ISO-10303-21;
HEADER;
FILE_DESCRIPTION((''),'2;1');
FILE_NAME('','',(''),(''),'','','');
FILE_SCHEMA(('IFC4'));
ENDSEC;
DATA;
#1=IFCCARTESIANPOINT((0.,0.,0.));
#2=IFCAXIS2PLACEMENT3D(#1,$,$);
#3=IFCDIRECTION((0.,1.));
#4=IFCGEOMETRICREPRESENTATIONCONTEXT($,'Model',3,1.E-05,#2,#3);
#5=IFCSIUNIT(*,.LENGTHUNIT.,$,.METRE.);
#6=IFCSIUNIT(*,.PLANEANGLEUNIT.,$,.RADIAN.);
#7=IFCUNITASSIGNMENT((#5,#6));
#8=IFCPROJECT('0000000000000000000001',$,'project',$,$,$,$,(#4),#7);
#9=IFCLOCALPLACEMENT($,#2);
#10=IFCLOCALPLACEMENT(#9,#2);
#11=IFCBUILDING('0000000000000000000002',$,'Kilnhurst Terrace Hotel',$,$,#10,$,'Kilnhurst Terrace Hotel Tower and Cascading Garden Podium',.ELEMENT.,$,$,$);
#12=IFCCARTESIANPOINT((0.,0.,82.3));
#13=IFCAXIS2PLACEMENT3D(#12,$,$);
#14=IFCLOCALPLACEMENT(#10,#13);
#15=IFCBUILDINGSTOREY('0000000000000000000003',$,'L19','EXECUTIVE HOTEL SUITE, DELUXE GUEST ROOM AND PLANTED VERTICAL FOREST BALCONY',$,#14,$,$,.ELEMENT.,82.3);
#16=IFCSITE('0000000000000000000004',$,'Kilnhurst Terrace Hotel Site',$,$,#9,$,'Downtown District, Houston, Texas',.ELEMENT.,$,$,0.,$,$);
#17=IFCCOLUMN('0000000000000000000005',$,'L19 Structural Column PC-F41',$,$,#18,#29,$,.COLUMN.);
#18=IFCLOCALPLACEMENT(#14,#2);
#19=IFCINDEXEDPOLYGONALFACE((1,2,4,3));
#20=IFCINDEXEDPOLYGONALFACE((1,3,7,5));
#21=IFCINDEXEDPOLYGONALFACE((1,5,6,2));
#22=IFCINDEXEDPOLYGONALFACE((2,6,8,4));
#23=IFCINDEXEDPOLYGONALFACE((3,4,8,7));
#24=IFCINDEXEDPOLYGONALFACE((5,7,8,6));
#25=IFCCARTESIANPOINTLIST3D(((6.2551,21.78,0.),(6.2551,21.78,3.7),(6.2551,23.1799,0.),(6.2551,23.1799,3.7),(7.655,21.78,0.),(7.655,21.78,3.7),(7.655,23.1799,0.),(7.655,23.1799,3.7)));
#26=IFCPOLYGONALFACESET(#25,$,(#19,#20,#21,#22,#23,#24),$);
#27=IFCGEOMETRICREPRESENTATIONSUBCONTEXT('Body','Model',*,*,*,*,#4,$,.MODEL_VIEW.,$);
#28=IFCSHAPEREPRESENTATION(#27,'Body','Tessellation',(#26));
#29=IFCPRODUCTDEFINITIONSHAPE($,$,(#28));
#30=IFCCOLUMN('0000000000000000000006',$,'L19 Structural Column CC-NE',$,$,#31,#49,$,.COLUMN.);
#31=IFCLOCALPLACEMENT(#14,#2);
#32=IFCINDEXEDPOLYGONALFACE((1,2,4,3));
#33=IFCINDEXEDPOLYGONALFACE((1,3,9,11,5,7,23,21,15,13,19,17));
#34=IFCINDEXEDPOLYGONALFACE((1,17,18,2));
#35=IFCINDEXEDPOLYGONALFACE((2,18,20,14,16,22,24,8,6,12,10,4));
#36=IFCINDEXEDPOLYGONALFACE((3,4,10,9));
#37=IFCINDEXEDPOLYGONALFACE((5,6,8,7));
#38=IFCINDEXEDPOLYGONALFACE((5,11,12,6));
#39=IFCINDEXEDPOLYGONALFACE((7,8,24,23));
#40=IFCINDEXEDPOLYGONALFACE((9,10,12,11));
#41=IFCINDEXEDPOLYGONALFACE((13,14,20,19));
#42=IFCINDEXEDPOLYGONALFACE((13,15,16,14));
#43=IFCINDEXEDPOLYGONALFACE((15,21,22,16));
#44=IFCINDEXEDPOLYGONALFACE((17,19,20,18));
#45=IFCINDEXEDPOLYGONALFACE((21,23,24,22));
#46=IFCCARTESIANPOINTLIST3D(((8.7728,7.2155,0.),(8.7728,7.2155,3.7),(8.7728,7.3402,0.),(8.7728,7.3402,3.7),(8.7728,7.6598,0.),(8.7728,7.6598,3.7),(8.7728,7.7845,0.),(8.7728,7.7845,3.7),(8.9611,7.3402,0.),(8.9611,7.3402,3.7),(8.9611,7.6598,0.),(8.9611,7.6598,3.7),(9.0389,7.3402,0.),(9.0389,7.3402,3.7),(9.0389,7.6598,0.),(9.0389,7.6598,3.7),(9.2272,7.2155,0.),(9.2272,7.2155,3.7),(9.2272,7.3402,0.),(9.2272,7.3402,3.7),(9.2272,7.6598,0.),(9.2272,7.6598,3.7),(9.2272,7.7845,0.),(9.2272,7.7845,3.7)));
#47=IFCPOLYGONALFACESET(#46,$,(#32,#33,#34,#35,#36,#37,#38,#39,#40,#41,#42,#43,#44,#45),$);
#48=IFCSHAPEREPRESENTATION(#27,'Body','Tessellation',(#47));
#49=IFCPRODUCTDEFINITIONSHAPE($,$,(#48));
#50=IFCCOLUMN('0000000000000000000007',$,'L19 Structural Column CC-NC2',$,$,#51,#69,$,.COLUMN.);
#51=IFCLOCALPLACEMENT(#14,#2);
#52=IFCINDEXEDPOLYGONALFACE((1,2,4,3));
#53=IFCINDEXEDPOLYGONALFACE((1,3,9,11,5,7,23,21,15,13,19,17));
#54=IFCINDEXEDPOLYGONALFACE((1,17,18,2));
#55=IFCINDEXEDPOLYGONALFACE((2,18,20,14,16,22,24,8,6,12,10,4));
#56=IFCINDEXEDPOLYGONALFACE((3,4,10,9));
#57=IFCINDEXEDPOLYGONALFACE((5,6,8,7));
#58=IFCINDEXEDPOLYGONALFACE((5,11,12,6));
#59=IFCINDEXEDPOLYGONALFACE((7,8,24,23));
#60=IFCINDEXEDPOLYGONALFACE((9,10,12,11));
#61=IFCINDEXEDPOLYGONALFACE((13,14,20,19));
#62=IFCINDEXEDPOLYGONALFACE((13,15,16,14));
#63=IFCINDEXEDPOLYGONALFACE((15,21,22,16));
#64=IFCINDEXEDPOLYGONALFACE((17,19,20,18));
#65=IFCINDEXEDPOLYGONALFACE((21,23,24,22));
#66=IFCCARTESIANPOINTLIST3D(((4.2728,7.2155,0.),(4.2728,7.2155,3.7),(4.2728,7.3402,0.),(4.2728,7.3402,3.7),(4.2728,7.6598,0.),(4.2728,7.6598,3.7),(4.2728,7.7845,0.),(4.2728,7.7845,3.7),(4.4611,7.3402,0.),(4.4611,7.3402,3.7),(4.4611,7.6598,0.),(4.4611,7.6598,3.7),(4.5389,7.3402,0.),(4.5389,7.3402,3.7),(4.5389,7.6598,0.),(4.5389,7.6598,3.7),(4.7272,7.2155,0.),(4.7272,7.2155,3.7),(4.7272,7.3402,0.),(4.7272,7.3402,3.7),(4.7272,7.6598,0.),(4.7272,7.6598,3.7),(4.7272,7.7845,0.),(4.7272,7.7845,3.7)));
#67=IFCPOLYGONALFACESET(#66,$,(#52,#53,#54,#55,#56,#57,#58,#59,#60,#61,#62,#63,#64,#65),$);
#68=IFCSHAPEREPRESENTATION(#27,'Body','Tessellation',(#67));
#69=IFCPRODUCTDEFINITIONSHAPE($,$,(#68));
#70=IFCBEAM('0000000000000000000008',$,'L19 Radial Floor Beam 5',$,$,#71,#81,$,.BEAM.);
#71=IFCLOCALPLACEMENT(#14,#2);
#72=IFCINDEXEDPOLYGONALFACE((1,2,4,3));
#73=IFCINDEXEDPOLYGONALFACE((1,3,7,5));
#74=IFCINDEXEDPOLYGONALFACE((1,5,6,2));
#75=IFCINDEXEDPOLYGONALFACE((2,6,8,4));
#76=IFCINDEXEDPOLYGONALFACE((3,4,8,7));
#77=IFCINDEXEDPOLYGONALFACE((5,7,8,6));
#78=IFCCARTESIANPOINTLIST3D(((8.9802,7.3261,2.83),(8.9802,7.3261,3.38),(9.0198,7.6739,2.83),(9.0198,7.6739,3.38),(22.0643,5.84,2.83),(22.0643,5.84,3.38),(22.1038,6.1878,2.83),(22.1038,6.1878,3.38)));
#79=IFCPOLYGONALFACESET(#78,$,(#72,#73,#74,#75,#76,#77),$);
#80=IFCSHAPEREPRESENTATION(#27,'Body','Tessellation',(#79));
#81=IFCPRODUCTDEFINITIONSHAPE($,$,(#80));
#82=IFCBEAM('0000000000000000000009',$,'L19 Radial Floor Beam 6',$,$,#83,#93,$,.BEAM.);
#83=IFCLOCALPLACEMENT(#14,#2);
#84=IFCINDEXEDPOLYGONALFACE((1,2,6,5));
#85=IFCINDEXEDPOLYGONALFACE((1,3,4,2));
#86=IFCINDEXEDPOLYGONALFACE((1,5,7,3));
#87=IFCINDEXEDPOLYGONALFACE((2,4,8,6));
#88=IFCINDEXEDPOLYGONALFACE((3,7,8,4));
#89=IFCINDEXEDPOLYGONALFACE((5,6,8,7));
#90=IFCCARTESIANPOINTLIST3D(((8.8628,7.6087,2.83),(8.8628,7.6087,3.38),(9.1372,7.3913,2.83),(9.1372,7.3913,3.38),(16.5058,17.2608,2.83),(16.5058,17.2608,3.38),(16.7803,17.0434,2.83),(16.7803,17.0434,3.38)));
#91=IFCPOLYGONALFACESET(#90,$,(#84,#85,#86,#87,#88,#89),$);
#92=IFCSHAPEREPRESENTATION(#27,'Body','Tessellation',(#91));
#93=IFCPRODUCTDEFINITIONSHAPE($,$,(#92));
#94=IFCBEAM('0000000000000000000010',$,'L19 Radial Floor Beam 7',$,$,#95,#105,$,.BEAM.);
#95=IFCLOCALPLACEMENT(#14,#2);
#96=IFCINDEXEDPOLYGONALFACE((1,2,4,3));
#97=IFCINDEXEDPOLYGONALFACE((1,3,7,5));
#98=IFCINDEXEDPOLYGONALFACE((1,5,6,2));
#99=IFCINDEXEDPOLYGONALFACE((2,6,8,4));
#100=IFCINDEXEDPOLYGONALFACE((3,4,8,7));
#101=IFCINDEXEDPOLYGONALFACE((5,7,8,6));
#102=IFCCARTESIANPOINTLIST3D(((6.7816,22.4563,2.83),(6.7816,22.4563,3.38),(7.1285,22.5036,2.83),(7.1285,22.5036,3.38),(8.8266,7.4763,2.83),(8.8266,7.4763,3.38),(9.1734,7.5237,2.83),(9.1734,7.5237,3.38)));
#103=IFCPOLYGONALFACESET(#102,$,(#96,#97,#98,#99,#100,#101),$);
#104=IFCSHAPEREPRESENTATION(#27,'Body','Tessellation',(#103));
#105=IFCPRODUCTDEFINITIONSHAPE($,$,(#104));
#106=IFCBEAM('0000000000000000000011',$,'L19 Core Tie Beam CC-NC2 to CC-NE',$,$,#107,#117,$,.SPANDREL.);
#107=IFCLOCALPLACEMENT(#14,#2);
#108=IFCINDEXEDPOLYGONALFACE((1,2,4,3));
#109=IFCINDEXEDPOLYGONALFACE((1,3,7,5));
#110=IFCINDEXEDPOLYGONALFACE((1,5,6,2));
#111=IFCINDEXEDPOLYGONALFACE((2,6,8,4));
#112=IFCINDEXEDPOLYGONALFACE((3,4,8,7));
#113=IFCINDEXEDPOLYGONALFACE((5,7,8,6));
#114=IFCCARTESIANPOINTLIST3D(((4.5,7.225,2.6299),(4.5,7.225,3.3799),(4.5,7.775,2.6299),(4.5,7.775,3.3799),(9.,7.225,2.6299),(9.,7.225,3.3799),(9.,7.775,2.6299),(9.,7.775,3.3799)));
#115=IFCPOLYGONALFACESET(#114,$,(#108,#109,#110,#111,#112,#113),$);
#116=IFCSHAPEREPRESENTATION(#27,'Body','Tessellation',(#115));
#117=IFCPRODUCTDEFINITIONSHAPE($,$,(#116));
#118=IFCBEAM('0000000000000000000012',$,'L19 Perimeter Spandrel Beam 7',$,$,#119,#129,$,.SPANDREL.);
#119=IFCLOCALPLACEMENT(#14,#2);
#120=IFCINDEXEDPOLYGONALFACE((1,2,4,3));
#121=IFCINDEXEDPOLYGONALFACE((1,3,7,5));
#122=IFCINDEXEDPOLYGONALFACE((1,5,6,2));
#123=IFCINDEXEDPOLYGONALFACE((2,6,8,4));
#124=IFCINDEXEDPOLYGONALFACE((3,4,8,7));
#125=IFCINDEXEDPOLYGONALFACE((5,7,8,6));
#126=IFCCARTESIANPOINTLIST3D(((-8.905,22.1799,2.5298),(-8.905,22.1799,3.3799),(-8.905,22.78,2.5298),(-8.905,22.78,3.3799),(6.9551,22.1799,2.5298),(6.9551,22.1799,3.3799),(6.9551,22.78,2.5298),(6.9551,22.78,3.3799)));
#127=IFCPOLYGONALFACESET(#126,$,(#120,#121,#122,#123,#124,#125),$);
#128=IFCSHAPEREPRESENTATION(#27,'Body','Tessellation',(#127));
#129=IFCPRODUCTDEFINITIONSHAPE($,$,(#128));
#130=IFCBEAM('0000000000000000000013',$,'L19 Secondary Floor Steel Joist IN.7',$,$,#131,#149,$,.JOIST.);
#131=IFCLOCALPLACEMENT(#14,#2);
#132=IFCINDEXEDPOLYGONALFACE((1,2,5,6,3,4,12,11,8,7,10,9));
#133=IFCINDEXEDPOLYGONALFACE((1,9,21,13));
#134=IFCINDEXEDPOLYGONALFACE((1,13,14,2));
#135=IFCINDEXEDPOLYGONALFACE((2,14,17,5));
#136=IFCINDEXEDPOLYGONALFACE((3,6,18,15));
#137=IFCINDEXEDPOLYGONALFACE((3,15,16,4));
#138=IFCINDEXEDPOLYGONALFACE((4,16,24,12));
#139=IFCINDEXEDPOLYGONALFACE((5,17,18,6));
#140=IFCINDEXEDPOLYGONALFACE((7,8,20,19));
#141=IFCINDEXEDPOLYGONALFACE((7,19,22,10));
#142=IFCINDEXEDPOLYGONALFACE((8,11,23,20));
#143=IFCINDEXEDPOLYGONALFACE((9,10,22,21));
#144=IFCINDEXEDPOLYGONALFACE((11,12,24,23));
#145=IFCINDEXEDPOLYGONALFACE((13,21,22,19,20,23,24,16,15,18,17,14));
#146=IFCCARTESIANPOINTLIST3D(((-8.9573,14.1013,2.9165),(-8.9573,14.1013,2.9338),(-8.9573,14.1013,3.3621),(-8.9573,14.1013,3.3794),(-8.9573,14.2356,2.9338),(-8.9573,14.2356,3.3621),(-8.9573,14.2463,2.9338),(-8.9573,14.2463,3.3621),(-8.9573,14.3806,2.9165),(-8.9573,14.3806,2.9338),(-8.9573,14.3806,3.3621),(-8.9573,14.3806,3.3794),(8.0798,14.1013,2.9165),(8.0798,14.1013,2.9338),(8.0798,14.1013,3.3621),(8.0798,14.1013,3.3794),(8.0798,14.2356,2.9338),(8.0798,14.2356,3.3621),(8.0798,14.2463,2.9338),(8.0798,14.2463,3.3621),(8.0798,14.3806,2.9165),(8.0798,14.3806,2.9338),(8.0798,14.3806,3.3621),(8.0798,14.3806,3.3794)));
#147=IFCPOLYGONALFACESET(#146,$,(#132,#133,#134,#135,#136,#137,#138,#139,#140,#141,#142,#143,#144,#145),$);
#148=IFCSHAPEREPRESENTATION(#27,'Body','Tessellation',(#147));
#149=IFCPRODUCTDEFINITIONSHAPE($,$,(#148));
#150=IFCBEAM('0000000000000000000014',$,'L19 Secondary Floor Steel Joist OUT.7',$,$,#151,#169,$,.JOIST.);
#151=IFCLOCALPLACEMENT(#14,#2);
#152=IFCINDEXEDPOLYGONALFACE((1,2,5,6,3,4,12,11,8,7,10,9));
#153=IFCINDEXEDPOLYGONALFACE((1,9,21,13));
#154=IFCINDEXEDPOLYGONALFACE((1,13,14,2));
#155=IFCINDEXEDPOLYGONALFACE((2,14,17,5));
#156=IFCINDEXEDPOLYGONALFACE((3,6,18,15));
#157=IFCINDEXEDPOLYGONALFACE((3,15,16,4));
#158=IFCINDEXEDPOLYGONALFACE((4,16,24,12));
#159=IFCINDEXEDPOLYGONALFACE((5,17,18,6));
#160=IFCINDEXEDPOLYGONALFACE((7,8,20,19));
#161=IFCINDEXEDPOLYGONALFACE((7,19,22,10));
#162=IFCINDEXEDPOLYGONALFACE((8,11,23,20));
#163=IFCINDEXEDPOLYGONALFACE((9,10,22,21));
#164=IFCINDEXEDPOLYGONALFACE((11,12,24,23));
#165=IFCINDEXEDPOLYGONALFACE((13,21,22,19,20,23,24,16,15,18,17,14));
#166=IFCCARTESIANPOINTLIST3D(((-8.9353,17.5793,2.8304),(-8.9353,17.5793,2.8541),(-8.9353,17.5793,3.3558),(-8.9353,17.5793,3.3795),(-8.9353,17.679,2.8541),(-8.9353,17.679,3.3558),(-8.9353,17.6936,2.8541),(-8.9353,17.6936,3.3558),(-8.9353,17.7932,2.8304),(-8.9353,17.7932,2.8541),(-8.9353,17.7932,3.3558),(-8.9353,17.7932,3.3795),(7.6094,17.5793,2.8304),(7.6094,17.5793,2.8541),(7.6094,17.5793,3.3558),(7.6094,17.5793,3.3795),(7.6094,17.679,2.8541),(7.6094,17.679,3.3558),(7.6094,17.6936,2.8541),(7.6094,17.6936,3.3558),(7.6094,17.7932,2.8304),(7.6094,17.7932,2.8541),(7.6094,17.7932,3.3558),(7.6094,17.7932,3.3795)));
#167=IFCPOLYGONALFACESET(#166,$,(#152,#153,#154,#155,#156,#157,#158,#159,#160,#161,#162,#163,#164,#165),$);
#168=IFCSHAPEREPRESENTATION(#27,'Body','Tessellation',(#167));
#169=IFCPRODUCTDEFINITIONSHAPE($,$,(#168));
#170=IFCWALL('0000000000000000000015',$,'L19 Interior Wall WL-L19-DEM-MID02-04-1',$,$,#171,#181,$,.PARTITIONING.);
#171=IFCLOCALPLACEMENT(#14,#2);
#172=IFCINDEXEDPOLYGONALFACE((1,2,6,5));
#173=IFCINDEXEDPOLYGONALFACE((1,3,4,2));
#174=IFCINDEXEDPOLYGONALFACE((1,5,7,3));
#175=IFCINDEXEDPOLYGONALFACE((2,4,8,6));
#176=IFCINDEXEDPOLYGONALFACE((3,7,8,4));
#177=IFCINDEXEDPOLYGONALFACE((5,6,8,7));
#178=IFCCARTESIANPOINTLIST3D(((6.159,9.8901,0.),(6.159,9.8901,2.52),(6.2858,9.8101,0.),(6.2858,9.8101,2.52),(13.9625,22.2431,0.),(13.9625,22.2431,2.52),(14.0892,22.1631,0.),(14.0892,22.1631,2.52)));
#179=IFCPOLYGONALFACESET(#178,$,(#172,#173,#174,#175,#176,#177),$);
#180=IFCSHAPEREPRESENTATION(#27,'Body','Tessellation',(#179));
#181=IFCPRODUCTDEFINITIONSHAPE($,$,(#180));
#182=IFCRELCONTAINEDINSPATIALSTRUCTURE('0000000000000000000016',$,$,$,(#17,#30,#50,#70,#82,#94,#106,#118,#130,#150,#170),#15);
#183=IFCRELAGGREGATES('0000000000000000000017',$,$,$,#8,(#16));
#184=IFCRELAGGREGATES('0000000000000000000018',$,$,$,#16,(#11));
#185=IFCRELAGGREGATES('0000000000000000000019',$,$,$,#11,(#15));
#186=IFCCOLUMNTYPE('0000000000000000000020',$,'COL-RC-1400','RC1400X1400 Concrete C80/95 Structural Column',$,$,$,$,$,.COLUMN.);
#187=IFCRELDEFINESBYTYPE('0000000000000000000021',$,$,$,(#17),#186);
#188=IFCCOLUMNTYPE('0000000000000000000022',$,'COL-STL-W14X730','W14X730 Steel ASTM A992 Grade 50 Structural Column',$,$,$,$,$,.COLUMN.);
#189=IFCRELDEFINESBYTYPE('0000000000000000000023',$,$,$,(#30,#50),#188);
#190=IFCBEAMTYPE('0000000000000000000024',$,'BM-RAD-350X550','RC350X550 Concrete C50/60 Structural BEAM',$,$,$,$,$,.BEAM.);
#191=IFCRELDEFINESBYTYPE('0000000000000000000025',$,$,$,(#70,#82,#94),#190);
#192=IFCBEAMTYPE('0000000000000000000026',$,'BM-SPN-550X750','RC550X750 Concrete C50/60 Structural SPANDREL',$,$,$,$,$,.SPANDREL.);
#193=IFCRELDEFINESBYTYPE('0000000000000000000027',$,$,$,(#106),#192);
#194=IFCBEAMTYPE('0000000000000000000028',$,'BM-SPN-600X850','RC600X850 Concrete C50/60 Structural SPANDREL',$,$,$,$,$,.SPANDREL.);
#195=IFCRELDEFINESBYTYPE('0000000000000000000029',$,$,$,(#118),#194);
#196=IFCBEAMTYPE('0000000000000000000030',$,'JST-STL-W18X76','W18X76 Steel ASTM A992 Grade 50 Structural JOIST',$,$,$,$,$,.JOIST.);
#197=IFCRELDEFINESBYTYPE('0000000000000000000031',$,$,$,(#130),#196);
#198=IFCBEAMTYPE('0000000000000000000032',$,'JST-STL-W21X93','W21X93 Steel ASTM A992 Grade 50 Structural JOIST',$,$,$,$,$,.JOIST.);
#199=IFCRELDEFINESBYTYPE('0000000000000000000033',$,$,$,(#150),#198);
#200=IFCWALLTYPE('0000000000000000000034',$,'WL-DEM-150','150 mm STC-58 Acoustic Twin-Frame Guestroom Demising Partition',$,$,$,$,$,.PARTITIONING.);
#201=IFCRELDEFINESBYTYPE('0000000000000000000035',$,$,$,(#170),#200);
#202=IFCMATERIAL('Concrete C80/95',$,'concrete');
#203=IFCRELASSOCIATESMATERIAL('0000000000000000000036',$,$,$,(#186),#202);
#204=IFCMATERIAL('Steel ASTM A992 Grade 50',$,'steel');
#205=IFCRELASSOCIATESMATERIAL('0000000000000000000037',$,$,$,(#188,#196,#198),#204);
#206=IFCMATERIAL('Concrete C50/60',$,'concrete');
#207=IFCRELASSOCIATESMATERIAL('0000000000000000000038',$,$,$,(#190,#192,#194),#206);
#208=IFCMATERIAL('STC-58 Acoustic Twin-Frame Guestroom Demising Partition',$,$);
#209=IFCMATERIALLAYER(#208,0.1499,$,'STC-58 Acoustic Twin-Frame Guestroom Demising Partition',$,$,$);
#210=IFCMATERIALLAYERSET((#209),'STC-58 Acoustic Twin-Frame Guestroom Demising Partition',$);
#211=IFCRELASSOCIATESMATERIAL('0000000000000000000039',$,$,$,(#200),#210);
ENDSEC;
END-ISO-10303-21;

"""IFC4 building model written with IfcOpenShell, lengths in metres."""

from ifc_helpers import new_model, si_unit, direction, frame, frame_2d, origin, origin_2d, place, context, subcontext, project, spatial, rectangle, i_section, extrude, material, layer, layer_set, material_profile, profile_set, type_object, element, save


model = new_model("IFC4")

# Units and contexts
model_context = context("Model", 3, precision=1e-05, world=origin(), true_north=direction((0.0, 1.0)))
body_context = subcontext(model_context, "Body", "Model", "MODEL_VIEW")
ifc_project = project(units=[si_unit("LENGTHUNIT", "METRE"), si_unit("PLANEANGLEUNIT", "RADIAN")], contexts=[model_context])

# Site, building, storey
site_placement = place(None, origin())
site = spatial("IfcSite", under=ifc_project, at=site_placement, Name="Kilnhurst Terrace Hotel Site", LongName="Downtown District, Houston, Texas", CompositionType="ELEMENT", RefElevation=0.0)
building_placement = place(site_placement, origin())
building = spatial("IfcBuilding", under=site, at=building_placement, Name="Kilnhurst Terrace Hotel", LongName="Kilnhurst Terrace Hotel Tower and Cascading Garden Podium", CompositionType="ELEMENT")
storey_placement = place(building_placement, frame((0.0, 0.0, 82.3)))
storey = spatial("IfcBuildingStorey", under=building, at=storey_placement, Name="L19", Description="EXECUTIVE HOTEL SUITE, DELUXE GUEST ROOM AND PLANTED VERTICAL FOREST BALCONY", CompositionType="ELEMENT", Elevation=82.3)

# Columns
ifc_material_1 = material(Name="Concrete C80/95", Category="concrete")
ifc_material_profile_1 = material_profile(ifc_material_1, rectangle(XDim=1.3999, YDim=1.3999, at=origin_2d()), Name="RC1400X1400")
ifc_profile_set_1 = profile_set([ifc_material_profile_1], Name="Concrete C80/95")
column_type_1 = type_object("IfcColumnType", Name="COL-RC-1400", Description="RC1400X1400 Concrete C80/95 Structural Column", PredefinedType="COLUMN", material=ifc_profile_set_1)
column_placement = place(storey_placement, frame((6.9551, 22.48, 0.0), z_axis=(0.0, 0.0, 1.0), x_axis=(1.0, 0.0, 0.0)))
element("IfcColumn", 1, at=column_placement, inside=storey, type_object=column_type_1, Name="L19 Structural Column PC-F41", PredefinedType="COLUMN", context=body_context, shape_type="SweptSolid", body=[
    extrude(rectangle(XDim=1.3999, YDim=1.3999, at=origin_2d()), origin(), (0.0, 0.0, 1.0), 3.7),
])
ifc_material_2 = material(Name="Steel ASTM A992 Grade 50", Category="steel")
ifc_material_profile_2 = material_profile(ifc_material_2, i_section(OverallWidth=0.4543, OverallDepth=0.5691, WebThickness=0.0779, FlangeThickness=0.1248, at=origin_2d()), Name="W14X730")
ifc_profile_set_2 = profile_set([ifc_material_profile_2], Name="Steel ASTM A992 Grade 50")
column_type_2 = type_object("IfcColumnType", Name="COL-STL-W14X730", Description="W14X730 Steel ASTM A992 Grade 50 Structural Column", PredefinedType="COLUMN", material=ifc_profile_set_2)
for number, where, z_axis, x_axis, name in (
    (2, (9.0, 7.5, 0.0), (0.0, 0.0, 1.0), (1.0, 0.0, 0.0), "L19 Structural Column CC-NE"),
    (3, (4.5, 7.5, 0.0), (0.0, 0.0, 1.0), (1.0, 0.0, 0.0), "L19 Structural Column CC-NC2"),
):
    element("IfcColumn", number, at=place(storey_placement, frame(where, z_axis=z_axis, x_axis=x_axis)), inside=storey, type_object=column_type_2, Name=name, PredefinedType="COLUMN", context=body_context, shape_type="SweptSolid", body=[
        extrude(i_section(OverallWidth=0.4543, OverallDepth=0.5691, WebThickness=0.0779, FlangeThickness=0.1248, at=origin_2d()), origin(), (0.0, 0.0, 1.0), 3.7),
    ])

# Beams
ifc_material_3 = material(Name="Concrete C50/60", Category="concrete")
ifc_material_profile_3 = material_profile(ifc_material_3, rectangle(XDim=0.3501, YDim=0.55, at=origin_2d()), Name="RC350X550")
ifc_profile_set_3 = profile_set([ifc_material_profile_3], Name="Concrete C50/60")
beam_type_1 = type_object("IfcBeamType", Name="BM-RAD-350X550", Description="RC350X550 Concrete C50/60 Structural BEAM", PredefinedType="BEAM", material=ifc_profile_set_3)
beam_1_placement = place(storey_placement, frame((9.0, 7.5, 3.105), z_axis=(0.993611, -0.112855, 0.0), x_axis=(0.112855, 0.993611, 0.0)))
element("IfcBeam", 4, at=beam_1_placement, inside=storey, type_object=beam_type_1, Name="L19 Radial Floor Beam 5", PredefinedType="BEAM", context=body_context, shape_type="SweptSolid", body=[
    extrude(rectangle(XDim=0.3501, YDim=0.55, at=origin_2d()), origin(), (0.0, 0.0, 1.0), 13.1682),
])
beam_2_placement = place(storey_placement, frame((9.0, 7.5, 3.105), z_axis=(0.620794, 0.783974, 0.0), x_axis=(-0.783974, 0.620794, 0.0)))
element("IfcBeam", 5, at=beam_2_placement, inside=storey, type_object=beam_type_1, Name="L19 Radial Floor Beam 6", PredefinedType="BEAM", context=body_context, shape_type="SweptSolid", body=[
    extrude(rectangle(XDim=0.3501, YDim=0.55, at=origin_2d()), origin(), (0.0, 0.0, 1.0), 12.3118),
])
beam_3_placement = place(storey_placement, frame((9.0, 7.5, 3.105), z_axis=(-0.135256, 0.990811, 0.0), x_axis=(-0.990811, -0.135256, 0.0)))
element("IfcBeam", 6, at=beam_3_placement, inside=storey, type_object=beam_type_1, Name="L19 Radial Floor Beam 7", PredefinedType="BEAM", context=body_context, shape_type="SweptSolid", body=[
    extrude(rectangle(XDim=0.3501, YDim=0.55, at=origin_2d()), origin(), (0.0, 0.0, 1.0), 15.1189),
])
ifc_material_profile_4 = material_profile(ifc_material_3, rectangle(XDim=0.55, YDim=0.75, at=origin_2d()), Name="RC550X750")
ifc_profile_set_4 = profile_set([ifc_material_profile_4], Name="Concrete C50/60")
beam_type_2 = type_object("IfcBeamType", Name="BM-SPN-550X750", Description="RC550X750 Concrete C50/60 Structural SPANDREL", PredefinedType="SPANDREL", material=ifc_profile_set_4)
beam_4_placement = place(storey_placement, frame((4.5, 7.5, 3.0049), z_axis=(1.0, 0.0, 0.0), x_axis=(0.0, 1.0, 0.0)))
element("IfcBeam", 7, at=beam_4_placement, inside=storey, type_object=beam_type_2, Name="L19 Core Tie Beam CC-NC2 to CC-NE", PredefinedType="SPANDREL", context=body_context, shape_type="SweptSolid", body=[
    extrude(rectangle(XDim=0.55, YDim=0.75, at=origin_2d()), origin(), (0.0, 0.0, 1.0), 4.5),
])
ifc_material_profile_5 = material_profile(ifc_material_3, rectangle(XDim=0.6001, YDim=0.8501, at=origin_2d()), Name="RC600X850")
ifc_profile_set_5 = profile_set([ifc_material_profile_5], Name="Concrete C50/60")
beam_type_3 = type_object("IfcBeamType", Name="BM-SPN-600X850", Description="RC600X850 Concrete C50/60 Structural SPANDREL", PredefinedType="SPANDREL", material=ifc_profile_set_5)
beam_5_placement = place(storey_placement, frame((6.9551, 22.48, 2.9548), z_axis=(-1.0, 0.0, 0.0), x_axis=(0.0, -1.0, 0.0)))
element("IfcBeam", 8, at=beam_5_placement, inside=storey, type_object=beam_type_3, Name="L19 Perimeter Spandrel Beam 7", PredefinedType="SPANDREL", context=body_context, shape_type="SweptSolid", body=[
    extrude(rectangle(XDim=0.6001, YDim=0.8501, at=origin_2d()), origin(), (0.0, 0.0, 1.0), 15.8601),
])
ifc_material_profile_6 = material_profile(ifc_material_2, i_section(OverallWidth=0.2793, OverallDepth=0.4629, WebThickness=0.0107, FlangeThickness=0.0173, at=origin_2d()), Name="W18X76")
ifc_profile_set_6 = profile_set([ifc_material_profile_6], Name="Steel ASTM A992 Grade 50")
beam_type_4 = type_object("IfcBeamType", Name="JST-STL-W18X76", Description="W18X76 Steel ASTM A992 Grade 50 Structural JOIST", PredefinedType="JOIST", material=ifc_profile_set_6)
beam_6_placement = place(storey_placement, frame((8.0798, 14.241, 3.1479), z_axis=(-1.0, 0.0, 0.0), x_axis=(0.0, -1.0, 0.0)))
element("IfcBeam", 9, at=beam_6_placement, inside=storey, type_object=beam_type_4, Name="L19 Secondary Floor Steel Joist IN.7", PredefinedType="JOIST", context=body_context, shape_type="SweptSolid", body=[
    extrude(i_section(OverallWidth=0.2793, OverallDepth=0.4629, WebThickness=0.0107, FlangeThickness=0.0173, at=origin_2d()), origin(), (0.0, 0.0, 1.0), 17.0371),
])
ifc_material_profile_7 = material_profile(ifc_material_2, i_section(OverallWidth=0.2139, OverallDepth=0.5491, WebThickness=0.0146, FlangeThickness=0.0237, at=origin_2d()), Name="W21X93")
ifc_profile_set_7 = profile_set([ifc_material_profile_7], Name="Steel ASTM A992 Grade 50")
beam_type_5 = type_object("IfcBeamType", Name="JST-STL-W21X93", Description="W21X93 Steel ASTM A992 Grade 50 Structural JOIST", PredefinedType="JOIST", material=ifc_profile_set_7)
beam_7_placement = place(storey_placement, frame((7.6094, 17.6863, 3.105), z_axis=(-1.0, 0.0, 0.0), x_axis=(0.0, -1.0, 0.0)))
element("IfcBeam", 10, at=beam_7_placement, inside=storey, type_object=beam_type_5, Name="L19 Secondary Floor Steel Joist OUT.7", PredefinedType="JOIST", context=body_context, shape_type="SweptSolid", body=[
    extrude(i_section(OverallWidth=0.2139, OverallDepth=0.5491, WebThickness=0.0146, FlangeThickness=0.0237, at=origin_2d()), origin(), (0.0, 0.0, 1.0), 16.5447),
])

# Wall
ifc_material_4 = material(Name="STC-58 Acoustic Twin-Frame Guestroom Demising Partition")
ifc_layer_1 = layer(ifc_material_4, 0.1499, Name="STC-58 Acoustic Twin-Frame Guestroom Demising Partition")
ifc_layer_set_1 = layer_set([ifc_layer_1], Name="STC-58 Acoustic Twin-Frame Guestroom Demising Partition")
wall_type_1 = type_object("IfcWallType", Name="WL-DEM-150", Description="150 mm STC-58 Acoustic Twin-Frame Guestroom Demising Partition", PredefinedType="PARTITIONING", material=ifc_layer_set_1)
wall_1_placement = place(storey_placement, frame((6.2224, 9.8501, 0.0), z_axis=(0.0, 0.0, 1.0), x_axis=(0.534069, 0.845441, 0.0)))
element("IfcWall", 11, at=wall_1_placement, inside=storey, type_object=wall_type_1, Name="L19 Interior Wall WL-L19-DEM-MID02-04-1", PredefinedType="PARTITIONING", context=body_context, shape_type="SweptSolid", body=[
    extrude(rectangle(XDim=14.6113, YDim=0.1499, at=frame_2d((7.3057, 0.0))), origin(), (0.0, 0.0, 1.0), 2.52),
])

save(model, "model.ifc")
